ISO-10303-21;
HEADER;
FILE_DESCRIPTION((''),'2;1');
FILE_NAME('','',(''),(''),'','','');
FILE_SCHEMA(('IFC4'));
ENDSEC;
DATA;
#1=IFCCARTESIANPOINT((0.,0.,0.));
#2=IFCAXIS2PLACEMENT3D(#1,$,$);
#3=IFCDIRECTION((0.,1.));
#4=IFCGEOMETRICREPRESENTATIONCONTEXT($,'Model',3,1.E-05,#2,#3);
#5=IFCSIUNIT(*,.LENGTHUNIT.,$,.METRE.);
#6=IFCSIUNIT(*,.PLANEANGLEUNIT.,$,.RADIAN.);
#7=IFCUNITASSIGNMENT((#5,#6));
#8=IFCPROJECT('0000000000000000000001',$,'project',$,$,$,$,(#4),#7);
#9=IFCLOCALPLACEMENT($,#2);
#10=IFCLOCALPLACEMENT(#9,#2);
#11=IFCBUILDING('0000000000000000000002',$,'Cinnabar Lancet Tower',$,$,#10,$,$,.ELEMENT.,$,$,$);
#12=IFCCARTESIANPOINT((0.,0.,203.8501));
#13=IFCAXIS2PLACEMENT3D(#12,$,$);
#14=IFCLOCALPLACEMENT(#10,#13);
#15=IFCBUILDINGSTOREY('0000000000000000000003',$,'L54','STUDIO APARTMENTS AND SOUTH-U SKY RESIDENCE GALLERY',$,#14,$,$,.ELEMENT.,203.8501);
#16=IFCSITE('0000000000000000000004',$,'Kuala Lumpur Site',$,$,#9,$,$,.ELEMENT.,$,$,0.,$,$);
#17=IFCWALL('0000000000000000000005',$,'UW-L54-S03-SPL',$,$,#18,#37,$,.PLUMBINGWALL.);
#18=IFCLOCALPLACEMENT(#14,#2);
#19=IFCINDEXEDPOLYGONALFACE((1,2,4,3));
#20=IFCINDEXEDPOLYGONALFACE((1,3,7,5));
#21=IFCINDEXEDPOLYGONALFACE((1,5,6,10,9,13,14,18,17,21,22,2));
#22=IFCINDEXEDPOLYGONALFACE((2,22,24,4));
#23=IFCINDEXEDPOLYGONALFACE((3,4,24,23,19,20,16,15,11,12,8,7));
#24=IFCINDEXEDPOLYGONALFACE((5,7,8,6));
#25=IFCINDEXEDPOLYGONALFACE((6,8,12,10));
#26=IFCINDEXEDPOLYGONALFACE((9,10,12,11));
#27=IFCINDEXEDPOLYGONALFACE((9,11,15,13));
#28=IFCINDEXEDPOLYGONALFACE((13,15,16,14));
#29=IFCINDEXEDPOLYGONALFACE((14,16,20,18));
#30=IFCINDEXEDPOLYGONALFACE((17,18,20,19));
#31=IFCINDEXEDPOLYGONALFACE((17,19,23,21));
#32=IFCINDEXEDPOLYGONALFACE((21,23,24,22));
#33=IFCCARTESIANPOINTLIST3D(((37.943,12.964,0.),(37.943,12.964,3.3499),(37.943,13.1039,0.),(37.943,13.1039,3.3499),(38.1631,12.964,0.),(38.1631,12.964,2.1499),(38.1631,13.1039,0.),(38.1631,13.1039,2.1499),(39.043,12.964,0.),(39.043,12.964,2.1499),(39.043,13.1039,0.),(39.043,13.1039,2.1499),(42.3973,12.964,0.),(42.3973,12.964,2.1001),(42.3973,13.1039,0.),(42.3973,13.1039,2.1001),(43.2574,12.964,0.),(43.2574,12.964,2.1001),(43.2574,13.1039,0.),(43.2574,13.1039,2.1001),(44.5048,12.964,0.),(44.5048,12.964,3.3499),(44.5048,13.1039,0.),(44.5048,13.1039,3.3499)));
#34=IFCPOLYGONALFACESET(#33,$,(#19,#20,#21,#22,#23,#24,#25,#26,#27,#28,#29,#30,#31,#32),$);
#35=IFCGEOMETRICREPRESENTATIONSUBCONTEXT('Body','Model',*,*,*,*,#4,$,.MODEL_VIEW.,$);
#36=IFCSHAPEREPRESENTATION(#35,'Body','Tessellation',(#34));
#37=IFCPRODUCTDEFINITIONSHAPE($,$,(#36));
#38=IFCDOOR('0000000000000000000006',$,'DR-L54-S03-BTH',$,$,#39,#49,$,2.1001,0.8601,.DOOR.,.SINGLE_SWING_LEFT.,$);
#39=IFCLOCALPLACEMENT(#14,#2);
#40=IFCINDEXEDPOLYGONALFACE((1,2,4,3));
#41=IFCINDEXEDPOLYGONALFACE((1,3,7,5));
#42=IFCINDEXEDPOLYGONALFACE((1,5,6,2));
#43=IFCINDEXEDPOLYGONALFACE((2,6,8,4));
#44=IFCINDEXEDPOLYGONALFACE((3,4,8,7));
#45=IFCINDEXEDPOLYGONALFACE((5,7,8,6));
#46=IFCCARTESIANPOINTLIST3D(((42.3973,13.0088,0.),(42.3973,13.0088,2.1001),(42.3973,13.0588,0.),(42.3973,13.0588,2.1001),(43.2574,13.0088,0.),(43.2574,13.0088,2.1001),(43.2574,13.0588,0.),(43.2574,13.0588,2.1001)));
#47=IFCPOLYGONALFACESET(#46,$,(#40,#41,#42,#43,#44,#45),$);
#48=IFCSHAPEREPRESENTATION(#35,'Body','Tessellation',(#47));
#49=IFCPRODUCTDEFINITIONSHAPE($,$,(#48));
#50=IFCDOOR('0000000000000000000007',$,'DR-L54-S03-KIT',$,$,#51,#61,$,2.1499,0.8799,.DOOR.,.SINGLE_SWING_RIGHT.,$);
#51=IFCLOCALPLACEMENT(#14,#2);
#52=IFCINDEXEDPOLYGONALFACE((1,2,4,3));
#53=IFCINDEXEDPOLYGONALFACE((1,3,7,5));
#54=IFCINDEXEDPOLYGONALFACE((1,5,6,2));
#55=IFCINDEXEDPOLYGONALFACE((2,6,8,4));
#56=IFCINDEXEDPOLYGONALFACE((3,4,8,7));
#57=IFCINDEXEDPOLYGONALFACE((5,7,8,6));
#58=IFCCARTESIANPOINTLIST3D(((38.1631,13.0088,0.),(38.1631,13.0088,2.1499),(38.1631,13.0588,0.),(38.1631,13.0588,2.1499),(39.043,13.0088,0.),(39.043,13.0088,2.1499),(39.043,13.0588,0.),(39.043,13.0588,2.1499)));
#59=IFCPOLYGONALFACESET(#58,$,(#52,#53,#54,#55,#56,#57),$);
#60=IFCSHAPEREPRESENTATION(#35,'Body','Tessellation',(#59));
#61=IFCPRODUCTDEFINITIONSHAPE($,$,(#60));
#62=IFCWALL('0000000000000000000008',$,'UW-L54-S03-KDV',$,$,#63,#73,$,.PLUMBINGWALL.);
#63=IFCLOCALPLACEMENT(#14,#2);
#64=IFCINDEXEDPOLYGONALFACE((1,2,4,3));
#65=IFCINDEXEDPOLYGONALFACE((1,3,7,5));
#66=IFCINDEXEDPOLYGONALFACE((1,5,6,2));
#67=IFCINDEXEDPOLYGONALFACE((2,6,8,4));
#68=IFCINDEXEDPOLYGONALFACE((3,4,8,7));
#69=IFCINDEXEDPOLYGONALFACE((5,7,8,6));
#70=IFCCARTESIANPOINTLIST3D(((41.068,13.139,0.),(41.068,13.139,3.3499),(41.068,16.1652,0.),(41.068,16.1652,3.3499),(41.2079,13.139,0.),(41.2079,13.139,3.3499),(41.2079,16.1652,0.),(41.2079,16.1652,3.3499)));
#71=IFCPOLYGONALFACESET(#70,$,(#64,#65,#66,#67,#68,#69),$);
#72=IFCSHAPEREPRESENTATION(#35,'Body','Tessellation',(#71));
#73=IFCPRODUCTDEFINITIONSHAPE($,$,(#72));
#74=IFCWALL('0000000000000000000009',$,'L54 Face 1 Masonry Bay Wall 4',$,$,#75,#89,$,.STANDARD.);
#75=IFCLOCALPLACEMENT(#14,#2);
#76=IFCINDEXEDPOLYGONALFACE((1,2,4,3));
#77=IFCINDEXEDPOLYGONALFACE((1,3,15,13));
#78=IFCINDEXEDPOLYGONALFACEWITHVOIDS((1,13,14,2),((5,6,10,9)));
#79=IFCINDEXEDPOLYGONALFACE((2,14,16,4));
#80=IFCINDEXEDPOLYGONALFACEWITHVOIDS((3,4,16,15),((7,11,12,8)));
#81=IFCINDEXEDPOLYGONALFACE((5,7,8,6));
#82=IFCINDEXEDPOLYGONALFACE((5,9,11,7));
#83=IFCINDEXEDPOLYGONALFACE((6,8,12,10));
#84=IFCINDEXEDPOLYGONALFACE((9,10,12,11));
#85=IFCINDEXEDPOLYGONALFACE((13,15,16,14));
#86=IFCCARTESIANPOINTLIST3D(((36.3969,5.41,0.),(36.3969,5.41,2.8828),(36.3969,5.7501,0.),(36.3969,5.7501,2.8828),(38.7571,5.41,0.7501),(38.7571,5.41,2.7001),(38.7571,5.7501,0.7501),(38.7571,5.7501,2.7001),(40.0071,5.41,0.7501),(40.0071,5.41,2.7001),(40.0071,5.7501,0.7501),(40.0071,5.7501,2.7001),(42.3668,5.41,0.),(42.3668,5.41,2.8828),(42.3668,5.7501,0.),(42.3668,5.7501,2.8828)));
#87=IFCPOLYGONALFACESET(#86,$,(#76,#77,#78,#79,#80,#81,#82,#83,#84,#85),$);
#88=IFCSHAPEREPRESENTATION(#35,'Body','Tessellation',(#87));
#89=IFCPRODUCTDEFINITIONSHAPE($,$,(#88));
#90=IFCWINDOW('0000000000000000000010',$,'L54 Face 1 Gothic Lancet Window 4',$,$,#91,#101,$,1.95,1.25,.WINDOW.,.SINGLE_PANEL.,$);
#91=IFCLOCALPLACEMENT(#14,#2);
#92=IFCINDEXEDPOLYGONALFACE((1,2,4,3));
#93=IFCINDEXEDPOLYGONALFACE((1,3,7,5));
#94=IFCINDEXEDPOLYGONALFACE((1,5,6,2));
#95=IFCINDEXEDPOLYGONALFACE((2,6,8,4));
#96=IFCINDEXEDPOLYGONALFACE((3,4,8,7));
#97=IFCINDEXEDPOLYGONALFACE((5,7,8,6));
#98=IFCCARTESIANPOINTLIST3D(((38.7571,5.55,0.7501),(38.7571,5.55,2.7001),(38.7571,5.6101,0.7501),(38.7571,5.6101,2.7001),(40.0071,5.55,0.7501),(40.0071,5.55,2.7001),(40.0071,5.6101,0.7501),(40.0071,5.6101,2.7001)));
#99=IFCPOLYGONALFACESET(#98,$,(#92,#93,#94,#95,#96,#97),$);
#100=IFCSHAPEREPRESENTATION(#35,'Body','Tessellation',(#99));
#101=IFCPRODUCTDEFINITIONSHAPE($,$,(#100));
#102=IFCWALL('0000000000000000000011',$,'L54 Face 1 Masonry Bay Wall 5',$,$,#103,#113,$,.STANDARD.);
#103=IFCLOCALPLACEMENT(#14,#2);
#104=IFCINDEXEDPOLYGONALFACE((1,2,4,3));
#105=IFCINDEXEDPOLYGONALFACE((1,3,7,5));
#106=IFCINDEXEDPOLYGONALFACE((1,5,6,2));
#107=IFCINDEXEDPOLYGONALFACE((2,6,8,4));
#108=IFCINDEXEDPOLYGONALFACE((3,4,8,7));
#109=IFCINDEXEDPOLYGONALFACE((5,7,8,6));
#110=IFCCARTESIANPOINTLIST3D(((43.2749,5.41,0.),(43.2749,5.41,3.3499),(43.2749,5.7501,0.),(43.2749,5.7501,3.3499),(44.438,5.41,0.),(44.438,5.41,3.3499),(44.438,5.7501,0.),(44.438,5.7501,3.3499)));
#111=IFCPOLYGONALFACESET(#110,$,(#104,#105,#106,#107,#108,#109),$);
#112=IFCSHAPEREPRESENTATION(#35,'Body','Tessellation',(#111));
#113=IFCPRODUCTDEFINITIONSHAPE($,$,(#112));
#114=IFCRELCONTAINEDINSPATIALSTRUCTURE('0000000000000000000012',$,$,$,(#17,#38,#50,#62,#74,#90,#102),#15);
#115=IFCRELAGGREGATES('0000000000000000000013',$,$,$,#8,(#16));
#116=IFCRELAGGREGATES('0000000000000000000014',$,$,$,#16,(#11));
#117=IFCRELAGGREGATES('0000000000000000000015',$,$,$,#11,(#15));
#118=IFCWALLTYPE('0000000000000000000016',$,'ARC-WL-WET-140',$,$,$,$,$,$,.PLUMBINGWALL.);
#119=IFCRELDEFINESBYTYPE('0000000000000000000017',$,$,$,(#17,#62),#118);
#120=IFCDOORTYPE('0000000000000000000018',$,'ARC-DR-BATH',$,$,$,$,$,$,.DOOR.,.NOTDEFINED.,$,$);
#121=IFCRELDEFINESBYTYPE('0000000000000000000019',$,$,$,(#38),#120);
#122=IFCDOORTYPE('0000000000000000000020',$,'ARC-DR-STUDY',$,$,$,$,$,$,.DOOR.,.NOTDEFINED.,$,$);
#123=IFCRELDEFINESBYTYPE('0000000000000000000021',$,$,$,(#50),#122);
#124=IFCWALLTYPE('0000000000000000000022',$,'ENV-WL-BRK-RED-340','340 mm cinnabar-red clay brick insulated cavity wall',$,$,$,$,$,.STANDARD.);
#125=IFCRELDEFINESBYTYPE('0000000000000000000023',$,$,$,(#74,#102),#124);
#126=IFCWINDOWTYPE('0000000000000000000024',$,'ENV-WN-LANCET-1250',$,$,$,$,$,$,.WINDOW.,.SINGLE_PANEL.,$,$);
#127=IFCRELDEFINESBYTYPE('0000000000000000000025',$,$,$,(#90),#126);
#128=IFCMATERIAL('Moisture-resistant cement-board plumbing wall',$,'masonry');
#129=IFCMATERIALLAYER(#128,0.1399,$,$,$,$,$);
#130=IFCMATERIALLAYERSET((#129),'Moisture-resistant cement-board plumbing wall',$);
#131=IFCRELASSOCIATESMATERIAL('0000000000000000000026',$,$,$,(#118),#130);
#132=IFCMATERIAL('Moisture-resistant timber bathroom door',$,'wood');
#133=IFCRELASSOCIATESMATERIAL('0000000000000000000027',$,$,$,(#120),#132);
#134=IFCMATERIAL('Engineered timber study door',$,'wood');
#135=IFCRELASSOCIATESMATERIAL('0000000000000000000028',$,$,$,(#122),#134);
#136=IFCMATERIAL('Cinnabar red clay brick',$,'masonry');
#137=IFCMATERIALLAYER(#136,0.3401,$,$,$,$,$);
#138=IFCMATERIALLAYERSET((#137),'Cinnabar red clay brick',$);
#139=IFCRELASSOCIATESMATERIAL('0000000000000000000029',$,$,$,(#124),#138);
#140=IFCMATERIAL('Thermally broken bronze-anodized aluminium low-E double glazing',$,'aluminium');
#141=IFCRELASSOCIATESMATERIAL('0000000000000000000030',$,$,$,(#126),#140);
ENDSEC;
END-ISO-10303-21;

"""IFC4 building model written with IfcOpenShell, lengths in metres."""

from ifc_helpers import new_model, si_unit, direction, frame, frame_2d, origin, place, context, subcontext, project, spatial, rectangle, extrude, material, layer, layer_set, type_object, element, fill, save


model = new_model("IFC4")

# Units and contexts
model_context = context("Model", 3, precision=1e-05, world=origin(), true_north=direction((0.0, 1.0)))
body_context = subcontext(model_context, "Body", "Model", "MODEL_VIEW")
ifc_project = project(units=[si_unit("LENGTHUNIT", "METRE"), si_unit("PLANEANGLEUNIT", "RADIAN")], contexts=[model_context])

# Site, building, storey
site_placement = place(None, origin())
site = spatial("IfcSite", under=ifc_project, at=site_placement, Name="Kuala Lumpur Site", CompositionType="ELEMENT", RefElevation=0.0)
building_placement = place(site_placement, origin())
building = spatial("IfcBuilding", under=site, at=building_placement, Name="Cinnabar Lancet Tower", CompositionType="ELEMENT")
storey_placement = place(building_placement, frame((0.0, 0.0, 203.8501)))
storey = spatial("IfcBuildingStorey", under=building, at=storey_placement, Name="L54", Description="STUDIO APARTMENTS AND SOUTH-U SKY RESIDENCE GALLERY", CompositionType="ELEMENT", Elevation=203.8501)

# Shared definitions
ifc_material_1 = material(Name="Moisture-resistant cement-board plumbing wall", Category="masonry")
ifc_layer_1 = layer(ifc_material_1, 0.1399)
ifc_layer_set_1 = layer_set([ifc_layer_1], Name="Moisture-resistant cement-board plumbing wall")
wall_type_1 = type_object("IfcWallType", Name="ARC-WL-WET-140", PredefinedType="PLUMBINGWALL", material=ifc_layer_set_1)
ifc_material_2 = material(Name="Moisture-resistant timber bathroom door", Category="wood")
door_type_1 = type_object("IfcDoorType", Name="ARC-DR-BATH", OperationType="NOTDEFINED", PredefinedType="DOOR", material=ifc_material_2)
ifc_material_3 = material(Name="Engineered timber study door", Category="wood")
door_type_2 = type_object("IfcDoorType", Name="ARC-DR-STUDY", OperationType="NOTDEFINED", PredefinedType="DOOR", material=ifc_material_3)

# Wall, openings, doors
wall_1_placement = place(storey_placement, frame((37.9431, 13.0339, 0.0), z_axis=(0.0, 0.0, 1.0), x_axis=(1.0, 0.0, 0.0)))
wall_1 = element("IfcWall", 1, at=wall_1_placement, inside=storey, type_object=wall_type_1, Name="UW-L54-S03-SPL", PredefinedType="PLUMBINGWALL", context=body_context, shape_type="SweptSolid", body=[
    extrude(rectangle(XDim=6.5618, YDim=0.1399, at=frame_2d((3.2808, 0.0))), origin(), (0.0, 0.0, 1.0), 3.3499),
])
opening_1_placement = place(wall_1_placement, frame((4.4541, 0.0, 0.0)))
opening_1 = element("IfcOpeningElement", 2, at=opening_1_placement, cuts=wall_1, PredefinedType="OPENING", context=body_context, shape_type="SweptSolid", body=[
    extrude(rectangle(XDim=0.8601, YDim=2.1001, at=frame_2d((0.4302, 1.05))), frame((0.0, 0.0798, 0.0), z_axis=(0.0, -1.0, 0.0), x_axis=(1.0, 0.0, 0.0)), (0.0, 0.0, 1.0), 0.1599),
])
opening_2_placement = place(wall_1_placement, frame((0.22, 0.0, 0.0)))
opening_2 = element("IfcOpeningElement", 3, at=opening_2_placement, cuts=wall_1, PredefinedType="OPENING", context=body_context, shape_type="SweptSolid", body=[
    extrude(rectangle(XDim=0.8799, YDim=2.1499, at=frame_2d((0.4399, 1.075))), frame((0.0, 0.0798, 0.0), z_axis=(0.0, -1.0, 0.0), x_axis=(1.0, 0.0, 0.0)), (0.0, 0.0, 1.0), 0.1599),
])
door_1_placement = place(opening_1_placement, origin())
door_1 = element("IfcDoor", 4, at=door_1_placement, inside=storey, type_object=door_type_1, Name="DR-L54-S03-BTH", OperationType="SINGLE_SWING_LEFT", OverallHeight=2.1001, OverallWidth=0.8601, PredefinedType="DOOR", context=body_context, shape_type="SweptSolid", body=[
    extrude(rectangle(XDim=0.8601, YDim=2.1001, at=frame_2d((0.4302, 1.05))), frame((0.0, 0.0249, 0.0), z_axis=(0.0, -1.0, 0.0), x_axis=(1.0, 0.0, 0.0)), (0.0, 0.0, 1.0), 0.05),
])
fill(opening_1, door_1)
door_2_placement = place(opening_2_placement, origin())
door_2 = element("IfcDoor", 5, at=door_2_placement, inside=storey, type_object=door_type_2, Name="DR-L54-S03-KIT", OperationType="SINGLE_SWING_RIGHT", OverallHeight=2.1499, OverallWidth=0.8799, PredefinedType="DOOR", context=body_context, shape_type="SweptSolid", body=[
    extrude(rectangle(XDim=0.8799, YDim=2.1499, at=frame_2d((0.4399, 1.075))), frame((0.0, 0.0249, 0.0), z_axis=(0.0, -1.0, 0.0), x_axis=(1.0, 0.0, 0.0)), (0.0, 0.0, 1.0), 0.05),
])
fill(opening_2, door_2)

# Wall
wall_2_placement = place(storey_placement, frame((41.1379, 13.1389, 0.0), z_axis=(0.0, 0.0, 1.0), x_axis=(0.0, 1.0, 0.0)))
element("IfcWall", 6, at=wall_2_placement, inside=storey, type_object=wall_type_1, Name="UW-L54-S03-KDV", PredefinedType="PLUMBINGWALL", context=body_context, shape_type="SweptSolid", body=[
    extrude(rectangle(XDim=3.0261, YDim=0.1399, at=frame_2d((1.5132, 0.0))), origin(), (0.0, 0.0, 1.0), 3.3499),
])

# Wall, opening, window
ifc_material_4 = material(Name="Cinnabar red clay brick", Category="masonry")
ifc_layer_2 = layer(ifc_material_4, 0.3401)
ifc_layer_set_2 = layer_set([ifc_layer_2], Name="Cinnabar red clay brick")
wall_type_2 = type_object("IfcWallType", Name="ENV-WL-BRK-RED-340", Description="340 mm cinnabar-red clay brick insulated cavity wall", PredefinedType="STANDARD", material=ifc_layer_set_2)
wall_3_placement = place(storey_placement, frame((36.397, 5.5801, 0.0), z_axis=(0.0, 0.0, 1.0), x_axis=(1.0, 0.0, 0.0)))
wall_3 = element("IfcWall", 7, at=wall_3_placement, inside=storey, type_object=wall_type_2, Name="L54 Face 1 Masonry Bay Wall 4", PredefinedType="STANDARD", context=body_context, shape_type="SweptSolid", body=[
    extrude(rectangle(XDim=5.97, YDim=0.3401, at=frame_2d((2.9849, 0.0))), origin(), (0.0, 0.0, 1.0), 2.8828),
])
opening_3_placement = place(wall_3_placement, frame((2.3601, 0.0, 0.75)))
opening_3 = element("IfcOpeningElement", 8, at=opening_3_placement, cuts=wall_3, PredefinedType="OPENING", context=body_context, shape_type="SweptSolid", body=[
    extrude(rectangle(XDim=1.25, YDim=1.95, at=frame_2d((0.625, 0.9751))), frame((0.0, 0.1799, 0.0), z_axis=(0.0, -1.0, 0.0), x_axis=(1.0, 0.0, 0.0)), (0.0, 0.0, 1.0), 0.3601),
])
ifc_material_5 = material(Name="Thermally broken bronze-anodized aluminium low-E double glazing", Category="aluminium")
window_type = type_object("IfcWindowType", Name="ENV-WN-LANCET-1250", PartitioningType="SINGLE_PANEL", PredefinedType="WINDOW", material=ifc_material_5)
window_placement = place(opening_3_placement, origin())
window = element("IfcWindow", 9, at=window_placement, inside=storey, type_object=window_type, Name="L54 Face 1 Gothic Lancet Window 4", OverallHeight=1.95, OverallWidth=1.25, PartitioningType="SINGLE_PANEL", PredefinedType="WINDOW", context=body_context, shape_type="SweptSolid", body=[
    extrude(rectangle(XDim=1.25, YDim=1.95, at=frame_2d((0.625, 0.9751))), frame((0.0, 0.03, 0.0), z_axis=(0.0, -1.0, 0.0), x_axis=(1.0, 0.0, 0.0)), (0.0, 0.0, 1.0), 0.0601),
])
fill(opening_3, window)

# Wall
wall_4_placement = place(storey_placement, frame((43.2749, 5.5801, 0.0), z_axis=(0.0, 0.0, 1.0), x_axis=(1.0, 0.0, 0.0)))
element("IfcWall", 10, at=wall_4_placement, inside=storey, type_object=wall_type_2, Name="L54 Face 1 Masonry Bay Wall 5", PredefinedType="STANDARD", context=body_context, shape_type="SweptSolid", body=[
    extrude(rectangle(XDim=1.1631, YDim=0.3401, at=frame_2d((0.5815, 0.0))), origin(), (0.0, 0.0, 1.0), 3.3499),
])

save(model, "model.ifc")
